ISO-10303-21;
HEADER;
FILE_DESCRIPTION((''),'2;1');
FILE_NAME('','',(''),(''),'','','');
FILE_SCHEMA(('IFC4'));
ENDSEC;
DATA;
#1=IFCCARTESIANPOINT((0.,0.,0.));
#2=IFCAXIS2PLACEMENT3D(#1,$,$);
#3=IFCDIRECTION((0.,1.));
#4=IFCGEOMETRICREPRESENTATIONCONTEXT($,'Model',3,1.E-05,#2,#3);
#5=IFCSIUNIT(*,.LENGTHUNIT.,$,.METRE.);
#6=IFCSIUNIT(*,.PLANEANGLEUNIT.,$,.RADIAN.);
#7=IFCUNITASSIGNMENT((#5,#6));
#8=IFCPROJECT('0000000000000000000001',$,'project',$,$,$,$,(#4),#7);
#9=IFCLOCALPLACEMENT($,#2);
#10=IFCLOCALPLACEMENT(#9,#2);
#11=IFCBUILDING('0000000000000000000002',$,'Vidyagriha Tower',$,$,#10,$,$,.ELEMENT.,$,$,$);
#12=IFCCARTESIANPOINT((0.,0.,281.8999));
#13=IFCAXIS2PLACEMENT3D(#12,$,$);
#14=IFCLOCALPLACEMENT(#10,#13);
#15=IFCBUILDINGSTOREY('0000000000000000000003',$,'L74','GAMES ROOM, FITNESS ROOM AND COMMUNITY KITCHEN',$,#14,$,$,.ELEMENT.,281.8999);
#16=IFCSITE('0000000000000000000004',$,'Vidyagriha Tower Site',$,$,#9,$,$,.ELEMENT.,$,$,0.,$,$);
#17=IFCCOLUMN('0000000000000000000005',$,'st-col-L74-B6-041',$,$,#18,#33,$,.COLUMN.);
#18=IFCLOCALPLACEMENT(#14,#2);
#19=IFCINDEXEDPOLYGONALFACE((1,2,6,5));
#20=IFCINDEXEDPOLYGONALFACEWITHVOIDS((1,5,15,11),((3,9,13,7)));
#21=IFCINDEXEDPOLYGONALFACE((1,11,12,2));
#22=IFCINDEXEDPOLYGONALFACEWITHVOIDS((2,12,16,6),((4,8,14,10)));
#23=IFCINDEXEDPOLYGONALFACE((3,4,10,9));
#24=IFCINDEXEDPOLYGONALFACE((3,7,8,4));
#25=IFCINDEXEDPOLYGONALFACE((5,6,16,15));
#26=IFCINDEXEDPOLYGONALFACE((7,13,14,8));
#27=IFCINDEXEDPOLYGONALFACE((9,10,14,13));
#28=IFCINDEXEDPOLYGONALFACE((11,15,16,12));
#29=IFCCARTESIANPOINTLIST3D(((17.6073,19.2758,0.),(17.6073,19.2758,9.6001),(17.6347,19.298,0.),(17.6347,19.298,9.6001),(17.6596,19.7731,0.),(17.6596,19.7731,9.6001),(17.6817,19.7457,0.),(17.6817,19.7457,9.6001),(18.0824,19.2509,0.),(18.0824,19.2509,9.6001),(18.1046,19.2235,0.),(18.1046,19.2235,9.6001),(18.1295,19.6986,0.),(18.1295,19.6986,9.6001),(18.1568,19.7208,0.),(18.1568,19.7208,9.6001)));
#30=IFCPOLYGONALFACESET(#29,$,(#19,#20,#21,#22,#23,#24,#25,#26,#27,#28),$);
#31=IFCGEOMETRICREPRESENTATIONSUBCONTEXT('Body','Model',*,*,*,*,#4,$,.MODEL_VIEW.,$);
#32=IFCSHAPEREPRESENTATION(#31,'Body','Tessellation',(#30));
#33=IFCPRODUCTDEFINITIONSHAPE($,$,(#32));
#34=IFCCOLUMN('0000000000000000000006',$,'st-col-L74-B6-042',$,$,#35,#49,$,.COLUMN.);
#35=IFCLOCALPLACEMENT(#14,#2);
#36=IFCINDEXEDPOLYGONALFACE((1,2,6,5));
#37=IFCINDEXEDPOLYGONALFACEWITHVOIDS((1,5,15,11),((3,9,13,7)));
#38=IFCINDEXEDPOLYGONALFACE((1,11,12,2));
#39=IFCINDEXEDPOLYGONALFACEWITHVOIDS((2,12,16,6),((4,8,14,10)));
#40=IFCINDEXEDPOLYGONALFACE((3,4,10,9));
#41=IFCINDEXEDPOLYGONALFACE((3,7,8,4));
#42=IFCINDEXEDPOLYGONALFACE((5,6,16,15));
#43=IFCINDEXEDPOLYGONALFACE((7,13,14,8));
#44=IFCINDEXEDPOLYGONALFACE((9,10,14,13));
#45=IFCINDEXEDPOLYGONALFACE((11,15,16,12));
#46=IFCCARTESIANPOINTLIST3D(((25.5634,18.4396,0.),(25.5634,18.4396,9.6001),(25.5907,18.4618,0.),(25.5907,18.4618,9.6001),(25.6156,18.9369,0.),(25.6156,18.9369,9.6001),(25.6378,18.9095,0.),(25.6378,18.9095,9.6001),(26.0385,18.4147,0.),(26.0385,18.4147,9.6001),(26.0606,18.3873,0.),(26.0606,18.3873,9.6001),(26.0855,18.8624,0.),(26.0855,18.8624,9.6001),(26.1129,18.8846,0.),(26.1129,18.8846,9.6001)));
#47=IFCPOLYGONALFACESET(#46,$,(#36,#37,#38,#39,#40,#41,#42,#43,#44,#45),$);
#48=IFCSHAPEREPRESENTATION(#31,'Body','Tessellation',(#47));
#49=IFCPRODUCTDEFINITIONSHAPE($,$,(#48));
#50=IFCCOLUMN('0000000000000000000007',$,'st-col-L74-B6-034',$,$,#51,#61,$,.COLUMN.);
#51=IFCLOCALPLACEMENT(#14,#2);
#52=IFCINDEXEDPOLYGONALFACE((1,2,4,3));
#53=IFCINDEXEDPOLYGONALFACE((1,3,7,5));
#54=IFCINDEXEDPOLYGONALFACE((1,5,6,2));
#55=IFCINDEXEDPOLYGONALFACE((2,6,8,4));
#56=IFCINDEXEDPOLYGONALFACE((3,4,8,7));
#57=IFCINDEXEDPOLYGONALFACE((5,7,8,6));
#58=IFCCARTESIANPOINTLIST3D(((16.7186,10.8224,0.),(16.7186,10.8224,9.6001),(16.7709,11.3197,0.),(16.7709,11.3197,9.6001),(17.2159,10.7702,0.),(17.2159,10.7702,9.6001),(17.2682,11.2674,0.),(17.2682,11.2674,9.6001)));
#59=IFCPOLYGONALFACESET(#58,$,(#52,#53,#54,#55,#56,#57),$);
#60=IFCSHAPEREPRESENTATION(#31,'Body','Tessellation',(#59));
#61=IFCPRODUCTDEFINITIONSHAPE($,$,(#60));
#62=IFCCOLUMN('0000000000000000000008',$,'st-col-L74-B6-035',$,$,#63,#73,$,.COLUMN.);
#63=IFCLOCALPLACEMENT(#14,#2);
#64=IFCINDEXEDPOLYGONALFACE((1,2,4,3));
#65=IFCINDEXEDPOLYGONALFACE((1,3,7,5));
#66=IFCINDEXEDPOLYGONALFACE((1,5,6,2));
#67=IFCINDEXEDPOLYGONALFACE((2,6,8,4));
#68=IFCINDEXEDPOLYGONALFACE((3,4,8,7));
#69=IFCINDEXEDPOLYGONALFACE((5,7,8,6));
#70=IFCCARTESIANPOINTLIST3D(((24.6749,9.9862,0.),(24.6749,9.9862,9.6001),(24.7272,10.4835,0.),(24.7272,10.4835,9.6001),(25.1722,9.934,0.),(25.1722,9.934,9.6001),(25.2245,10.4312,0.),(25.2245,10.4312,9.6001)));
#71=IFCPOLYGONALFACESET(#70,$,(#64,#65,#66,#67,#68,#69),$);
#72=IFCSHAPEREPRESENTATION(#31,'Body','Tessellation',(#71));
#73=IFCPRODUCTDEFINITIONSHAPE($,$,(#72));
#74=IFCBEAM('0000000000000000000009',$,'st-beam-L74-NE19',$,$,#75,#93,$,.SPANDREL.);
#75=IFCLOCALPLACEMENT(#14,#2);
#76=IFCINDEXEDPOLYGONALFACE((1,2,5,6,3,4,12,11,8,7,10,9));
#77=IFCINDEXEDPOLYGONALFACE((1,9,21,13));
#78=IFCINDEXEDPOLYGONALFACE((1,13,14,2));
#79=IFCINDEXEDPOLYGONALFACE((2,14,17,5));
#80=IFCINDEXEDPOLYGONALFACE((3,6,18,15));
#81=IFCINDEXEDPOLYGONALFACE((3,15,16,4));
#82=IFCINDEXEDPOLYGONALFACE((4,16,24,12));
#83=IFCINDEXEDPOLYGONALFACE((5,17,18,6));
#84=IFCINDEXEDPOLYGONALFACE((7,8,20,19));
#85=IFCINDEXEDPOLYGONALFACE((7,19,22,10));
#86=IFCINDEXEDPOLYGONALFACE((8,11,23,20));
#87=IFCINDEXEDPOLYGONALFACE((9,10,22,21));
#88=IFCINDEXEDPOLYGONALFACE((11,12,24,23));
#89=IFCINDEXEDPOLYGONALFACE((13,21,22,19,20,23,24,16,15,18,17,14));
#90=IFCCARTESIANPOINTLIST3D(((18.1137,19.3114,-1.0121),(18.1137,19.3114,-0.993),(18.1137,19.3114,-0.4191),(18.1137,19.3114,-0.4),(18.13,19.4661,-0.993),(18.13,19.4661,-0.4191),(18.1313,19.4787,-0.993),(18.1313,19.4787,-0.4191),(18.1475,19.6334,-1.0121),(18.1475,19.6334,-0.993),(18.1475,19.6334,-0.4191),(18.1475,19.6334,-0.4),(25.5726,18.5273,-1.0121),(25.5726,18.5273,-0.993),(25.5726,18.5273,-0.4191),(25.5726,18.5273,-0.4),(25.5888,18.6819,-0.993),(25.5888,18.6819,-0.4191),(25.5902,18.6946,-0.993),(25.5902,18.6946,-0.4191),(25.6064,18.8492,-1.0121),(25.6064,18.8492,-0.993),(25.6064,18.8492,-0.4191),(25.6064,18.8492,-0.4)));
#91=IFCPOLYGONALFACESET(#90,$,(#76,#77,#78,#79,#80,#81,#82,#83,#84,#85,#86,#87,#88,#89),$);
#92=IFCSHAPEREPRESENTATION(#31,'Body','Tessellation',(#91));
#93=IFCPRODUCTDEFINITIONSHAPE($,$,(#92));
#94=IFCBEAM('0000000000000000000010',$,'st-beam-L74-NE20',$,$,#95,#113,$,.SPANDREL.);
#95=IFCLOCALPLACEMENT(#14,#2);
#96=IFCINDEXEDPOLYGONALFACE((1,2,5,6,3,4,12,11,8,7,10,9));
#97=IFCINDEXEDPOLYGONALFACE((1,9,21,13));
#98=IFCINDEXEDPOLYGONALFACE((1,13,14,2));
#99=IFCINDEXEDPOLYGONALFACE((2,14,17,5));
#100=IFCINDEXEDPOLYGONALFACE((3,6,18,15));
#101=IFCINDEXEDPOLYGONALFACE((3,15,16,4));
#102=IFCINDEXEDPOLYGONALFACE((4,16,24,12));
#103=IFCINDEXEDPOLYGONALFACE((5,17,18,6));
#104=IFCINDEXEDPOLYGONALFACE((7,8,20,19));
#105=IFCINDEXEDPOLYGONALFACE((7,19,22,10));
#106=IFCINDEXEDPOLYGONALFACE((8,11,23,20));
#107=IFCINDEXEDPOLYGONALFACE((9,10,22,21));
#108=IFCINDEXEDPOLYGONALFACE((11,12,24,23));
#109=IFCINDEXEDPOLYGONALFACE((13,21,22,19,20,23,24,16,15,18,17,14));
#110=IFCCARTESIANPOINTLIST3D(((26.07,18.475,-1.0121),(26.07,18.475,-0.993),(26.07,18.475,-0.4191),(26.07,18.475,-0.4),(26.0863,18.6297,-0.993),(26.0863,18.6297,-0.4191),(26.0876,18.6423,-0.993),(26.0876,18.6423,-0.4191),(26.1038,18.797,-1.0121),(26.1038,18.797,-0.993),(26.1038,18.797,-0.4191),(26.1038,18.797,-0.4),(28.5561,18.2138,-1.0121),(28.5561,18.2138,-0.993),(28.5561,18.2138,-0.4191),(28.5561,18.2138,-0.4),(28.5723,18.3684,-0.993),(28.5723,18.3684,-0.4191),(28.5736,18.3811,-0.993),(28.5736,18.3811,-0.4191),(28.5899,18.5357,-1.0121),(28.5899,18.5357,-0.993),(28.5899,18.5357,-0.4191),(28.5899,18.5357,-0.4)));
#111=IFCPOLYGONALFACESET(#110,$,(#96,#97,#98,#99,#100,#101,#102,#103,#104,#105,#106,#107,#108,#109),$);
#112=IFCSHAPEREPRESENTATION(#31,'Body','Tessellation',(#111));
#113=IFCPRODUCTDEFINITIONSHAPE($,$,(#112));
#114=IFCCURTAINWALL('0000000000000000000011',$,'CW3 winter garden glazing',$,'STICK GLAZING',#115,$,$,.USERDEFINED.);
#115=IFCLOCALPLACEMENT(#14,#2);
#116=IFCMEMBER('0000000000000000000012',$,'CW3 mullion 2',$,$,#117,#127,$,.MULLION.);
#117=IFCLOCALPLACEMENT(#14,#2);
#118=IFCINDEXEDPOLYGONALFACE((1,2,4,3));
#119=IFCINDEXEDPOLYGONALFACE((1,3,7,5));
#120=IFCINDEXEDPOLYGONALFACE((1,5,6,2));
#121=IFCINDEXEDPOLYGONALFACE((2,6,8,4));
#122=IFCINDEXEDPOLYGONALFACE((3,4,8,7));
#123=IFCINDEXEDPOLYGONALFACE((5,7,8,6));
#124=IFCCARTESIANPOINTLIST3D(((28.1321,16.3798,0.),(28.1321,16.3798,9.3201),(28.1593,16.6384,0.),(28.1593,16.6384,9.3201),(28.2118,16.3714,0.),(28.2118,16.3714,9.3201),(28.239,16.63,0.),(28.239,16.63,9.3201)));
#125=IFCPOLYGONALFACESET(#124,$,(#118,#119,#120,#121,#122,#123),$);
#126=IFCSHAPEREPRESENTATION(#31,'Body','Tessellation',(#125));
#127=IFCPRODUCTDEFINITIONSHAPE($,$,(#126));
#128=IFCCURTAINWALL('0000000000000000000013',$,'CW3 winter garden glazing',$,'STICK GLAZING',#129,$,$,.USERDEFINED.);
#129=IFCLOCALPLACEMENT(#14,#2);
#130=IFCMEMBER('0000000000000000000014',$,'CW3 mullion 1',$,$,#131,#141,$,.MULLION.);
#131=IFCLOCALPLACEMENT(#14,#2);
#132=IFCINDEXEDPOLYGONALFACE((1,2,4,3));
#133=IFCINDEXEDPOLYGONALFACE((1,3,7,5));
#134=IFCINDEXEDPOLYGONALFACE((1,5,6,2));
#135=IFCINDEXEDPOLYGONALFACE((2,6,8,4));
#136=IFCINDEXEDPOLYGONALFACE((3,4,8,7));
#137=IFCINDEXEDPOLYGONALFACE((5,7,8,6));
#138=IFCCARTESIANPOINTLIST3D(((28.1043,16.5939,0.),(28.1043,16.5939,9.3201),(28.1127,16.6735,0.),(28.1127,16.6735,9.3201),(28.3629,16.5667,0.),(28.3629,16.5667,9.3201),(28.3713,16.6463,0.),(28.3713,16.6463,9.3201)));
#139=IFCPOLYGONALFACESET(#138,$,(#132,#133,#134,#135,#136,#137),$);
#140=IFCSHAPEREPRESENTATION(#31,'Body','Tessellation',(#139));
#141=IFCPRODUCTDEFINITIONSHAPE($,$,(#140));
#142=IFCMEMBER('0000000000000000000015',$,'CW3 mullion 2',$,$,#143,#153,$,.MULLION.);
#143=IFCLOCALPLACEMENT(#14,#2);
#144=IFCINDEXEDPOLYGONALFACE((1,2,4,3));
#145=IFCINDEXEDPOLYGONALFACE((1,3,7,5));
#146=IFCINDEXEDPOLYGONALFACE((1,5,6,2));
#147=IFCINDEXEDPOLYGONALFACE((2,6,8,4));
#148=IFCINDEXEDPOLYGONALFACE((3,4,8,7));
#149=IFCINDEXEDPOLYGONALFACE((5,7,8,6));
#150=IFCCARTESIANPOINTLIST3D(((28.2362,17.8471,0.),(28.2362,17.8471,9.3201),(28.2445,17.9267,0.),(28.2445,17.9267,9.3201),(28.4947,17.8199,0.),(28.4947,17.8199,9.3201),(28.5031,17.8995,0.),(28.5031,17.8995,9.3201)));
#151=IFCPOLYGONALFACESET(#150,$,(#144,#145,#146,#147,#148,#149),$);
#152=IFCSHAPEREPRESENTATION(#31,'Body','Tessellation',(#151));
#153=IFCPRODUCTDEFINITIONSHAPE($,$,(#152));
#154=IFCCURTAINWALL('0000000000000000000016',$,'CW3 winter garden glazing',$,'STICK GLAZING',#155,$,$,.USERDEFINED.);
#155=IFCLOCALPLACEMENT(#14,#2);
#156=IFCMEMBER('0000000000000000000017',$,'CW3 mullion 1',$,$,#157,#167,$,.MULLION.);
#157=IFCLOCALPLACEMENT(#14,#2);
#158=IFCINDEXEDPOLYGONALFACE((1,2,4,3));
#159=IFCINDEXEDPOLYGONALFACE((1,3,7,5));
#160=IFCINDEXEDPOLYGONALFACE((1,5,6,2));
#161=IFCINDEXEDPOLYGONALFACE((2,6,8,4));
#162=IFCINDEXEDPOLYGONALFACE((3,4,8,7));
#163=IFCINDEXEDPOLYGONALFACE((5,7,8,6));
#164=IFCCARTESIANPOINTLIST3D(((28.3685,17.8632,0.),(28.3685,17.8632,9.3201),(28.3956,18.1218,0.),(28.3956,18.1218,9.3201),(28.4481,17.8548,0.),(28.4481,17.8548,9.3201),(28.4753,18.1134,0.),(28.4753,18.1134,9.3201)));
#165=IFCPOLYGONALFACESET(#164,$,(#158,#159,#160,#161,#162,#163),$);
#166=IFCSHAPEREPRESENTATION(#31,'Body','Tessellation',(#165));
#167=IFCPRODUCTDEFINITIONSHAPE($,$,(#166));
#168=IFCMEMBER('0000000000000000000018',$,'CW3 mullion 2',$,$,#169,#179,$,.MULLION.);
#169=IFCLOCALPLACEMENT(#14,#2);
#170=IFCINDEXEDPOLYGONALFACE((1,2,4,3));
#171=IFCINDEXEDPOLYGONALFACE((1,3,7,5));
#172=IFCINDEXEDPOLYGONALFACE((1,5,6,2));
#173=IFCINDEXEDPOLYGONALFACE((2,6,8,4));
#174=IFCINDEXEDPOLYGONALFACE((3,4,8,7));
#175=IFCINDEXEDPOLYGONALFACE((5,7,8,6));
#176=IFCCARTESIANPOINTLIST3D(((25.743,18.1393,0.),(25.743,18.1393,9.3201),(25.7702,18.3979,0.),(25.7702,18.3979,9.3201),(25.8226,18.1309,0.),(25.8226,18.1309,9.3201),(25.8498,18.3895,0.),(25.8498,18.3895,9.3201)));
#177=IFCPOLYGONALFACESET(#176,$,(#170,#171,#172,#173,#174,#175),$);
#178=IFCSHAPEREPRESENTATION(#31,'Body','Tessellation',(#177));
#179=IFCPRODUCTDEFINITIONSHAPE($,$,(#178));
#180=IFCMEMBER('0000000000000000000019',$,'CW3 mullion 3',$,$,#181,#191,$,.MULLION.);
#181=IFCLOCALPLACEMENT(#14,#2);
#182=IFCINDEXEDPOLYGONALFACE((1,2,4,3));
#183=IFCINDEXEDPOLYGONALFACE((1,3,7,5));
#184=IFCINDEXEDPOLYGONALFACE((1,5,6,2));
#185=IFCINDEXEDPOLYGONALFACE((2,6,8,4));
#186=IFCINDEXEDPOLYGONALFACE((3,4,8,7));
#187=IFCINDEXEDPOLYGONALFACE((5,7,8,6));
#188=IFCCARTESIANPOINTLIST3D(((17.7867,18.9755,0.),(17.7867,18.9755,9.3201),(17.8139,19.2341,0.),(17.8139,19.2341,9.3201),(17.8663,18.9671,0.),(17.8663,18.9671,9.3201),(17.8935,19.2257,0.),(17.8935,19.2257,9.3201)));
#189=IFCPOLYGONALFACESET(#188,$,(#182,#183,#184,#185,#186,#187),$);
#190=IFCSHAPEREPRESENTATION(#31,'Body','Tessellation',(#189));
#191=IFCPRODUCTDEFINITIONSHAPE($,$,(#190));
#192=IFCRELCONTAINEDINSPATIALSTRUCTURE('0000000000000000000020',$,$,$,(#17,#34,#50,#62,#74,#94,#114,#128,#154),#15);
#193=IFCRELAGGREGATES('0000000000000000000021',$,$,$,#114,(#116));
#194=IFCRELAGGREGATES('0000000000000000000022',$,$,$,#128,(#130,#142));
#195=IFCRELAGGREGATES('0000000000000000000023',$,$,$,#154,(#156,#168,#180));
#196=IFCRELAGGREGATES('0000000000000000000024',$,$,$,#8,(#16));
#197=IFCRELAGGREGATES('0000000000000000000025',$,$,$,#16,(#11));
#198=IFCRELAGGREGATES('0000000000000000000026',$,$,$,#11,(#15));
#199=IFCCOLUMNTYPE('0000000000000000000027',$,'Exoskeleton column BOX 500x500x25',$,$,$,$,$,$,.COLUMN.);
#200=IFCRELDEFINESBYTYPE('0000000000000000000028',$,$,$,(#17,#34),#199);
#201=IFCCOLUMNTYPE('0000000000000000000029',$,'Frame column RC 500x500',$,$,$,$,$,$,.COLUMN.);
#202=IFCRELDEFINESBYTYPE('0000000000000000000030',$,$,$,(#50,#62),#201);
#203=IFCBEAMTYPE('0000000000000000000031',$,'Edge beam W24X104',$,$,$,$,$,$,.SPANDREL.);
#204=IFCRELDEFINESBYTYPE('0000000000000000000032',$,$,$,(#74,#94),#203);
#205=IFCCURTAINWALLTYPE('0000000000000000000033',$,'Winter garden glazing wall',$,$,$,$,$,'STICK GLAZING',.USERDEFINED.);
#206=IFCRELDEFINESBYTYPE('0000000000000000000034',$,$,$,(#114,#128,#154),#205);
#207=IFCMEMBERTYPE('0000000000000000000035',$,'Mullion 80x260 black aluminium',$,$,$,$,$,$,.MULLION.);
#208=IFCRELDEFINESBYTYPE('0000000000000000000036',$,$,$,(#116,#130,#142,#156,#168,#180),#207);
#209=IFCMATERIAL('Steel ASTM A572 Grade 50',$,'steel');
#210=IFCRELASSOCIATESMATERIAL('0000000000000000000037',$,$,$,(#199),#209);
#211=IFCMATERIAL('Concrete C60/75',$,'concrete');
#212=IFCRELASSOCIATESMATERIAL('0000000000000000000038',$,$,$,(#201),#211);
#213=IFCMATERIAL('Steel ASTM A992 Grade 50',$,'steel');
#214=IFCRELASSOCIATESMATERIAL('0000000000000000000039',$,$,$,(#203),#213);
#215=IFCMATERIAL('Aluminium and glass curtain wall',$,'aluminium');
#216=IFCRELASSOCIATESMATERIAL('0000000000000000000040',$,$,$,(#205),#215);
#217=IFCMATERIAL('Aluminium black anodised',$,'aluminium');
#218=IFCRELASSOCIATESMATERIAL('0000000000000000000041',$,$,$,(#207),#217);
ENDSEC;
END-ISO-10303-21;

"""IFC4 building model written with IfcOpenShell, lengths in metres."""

from ifc_helpers import new_model, si_unit, direction, frame, origin, origin_2d, place, context, subcontext, project, spatial, rectangle, hollow_rectangle, i_section, extrude, material, material_profile, profile_set, type_object, element, aggregate, save


model = new_model("IFC4")

# Units and contexts
model_context = context("Model", 3, precision=1e-05, world=origin(), true_north=direction((0.0, 1.0)))
body_context = subcontext(model_context, "Body", "Model", "MODEL_VIEW")
ifc_project = project(units=[si_unit("LENGTHUNIT", "METRE"), si_unit("PLANEANGLEUNIT", "RADIAN")], contexts=[model_context])

# Site, building, storey
site_placement = place(None, origin())
site = spatial("IfcSite", under=ifc_project, at=site_placement, Name="Vidyagriha Tower Site", CompositionType="ELEMENT", RefElevation=0.0)
building_placement = place(site_placement, origin())
building = spatial("IfcBuilding", under=site, at=building_placement, Name="Vidyagriha Tower", CompositionType="ELEMENT")
storey_placement = place(building_placement, frame((0.0, 0.0, 281.8999)))
storey = spatial("IfcBuildingStorey", under=building, at=storey_placement, Name="L74", Description="GAMES ROOM, FITNESS ROOM AND COMMUNITY KITCHEN", CompositionType="ELEMENT", Elevation=281.8999)

# Columns
ifc_material_1 = material(Name="Steel ASTM A572 Grade 50", Category="steel")
ifc_material_profile_1 = material_profile(ifc_material_1, hollow_rectangle(XDim=0.5, YDim=0.5, WallThickness=0.0249, at=origin_2d()), Name="BOX 500x500x25")
ifc_profile_set_1 = profile_set([ifc_material_profile_1], Name="Steel ASTM A572 Grade 50")
column_type_1 = type_object("IfcColumnType", Name="Exoskeleton column BOX 500x500x25", PredefinedType="COLUMN", material=ifc_profile_set_1)
for number, where, z_axis, x_axis, name in (
    (1, (17.8821, 19.4983, 0.0), (0.0, 0.0, 1.0), (0.994522, -0.104528, 0.0), "st-col-L74-B6-041"),
    (2, (25.8381, 18.6621, 0.0), (0.0, 0.0, 1.0), (0.994522, -0.104528, 0.0), "st-col-L74-B6-042"),
):
    element("IfcColumn", number, at=place(storey_placement, frame(where, z_axis=z_axis, x_axis=x_axis)), inside=storey, type_object=column_type_1, Name=name, PredefinedType="COLUMN", context=body_context, shape_type="SweptSolid", body=[
        extrude(hollow_rectangle(XDim=0.5, YDim=0.5, WallThickness=0.0249, at=origin_2d()), origin(), (0.0, 0.0, 1.0), 9.6001),
    ])
ifc_material_2 = material(Name="Concrete C60/75", Category="concrete")
ifc_material_profile_2 = material_profile(ifc_material_2, rectangle(XDim=0.5, YDim=0.5, at=origin_2d()), Name="RC 500x500")
ifc_profile_set_2 = profile_set([ifc_material_profile_2], Name="Concrete C60/75")
column_type_2 = type_object("IfcColumnType", Name="Frame column RC 500x500", PredefinedType="COLUMN", material=ifc_profile_set_2)
for number, where, z_axis, x_axis, name in (
    (3, (16.9934, 11.0449, 0.0), (0.0, 0.0, 1.0), (0.994522, -0.104528, 0.0), "st-col-L74-B6-034"),
    (4, (24.9497, 10.2087, 0.0), (0.0, 0.0, 1.0), (0.994522, -0.104528, 0.0), "st-col-L74-B6-035"),
):
    element("IfcColumn", number, at=place(storey_placement, frame(where, z_axis=z_axis, x_axis=x_axis)), inside=storey, type_object=column_type_2, Name=name, PredefinedType="COLUMN", context=body_context, shape_type="SweptSolid", body=[
        extrude(rectangle(XDim=0.5, YDim=0.5, at=origin_2d()), origin(), (0.0, 0.0, 1.0), 9.6001),
    ])

# Beams
ifc_material_3 = material(Name="Steel ASTM A992 Grade 50", Category="steel")
ifc_material_profile_3 = material_profile(ifc_material_3, i_section(OverallWidth=0.3237, OverallDepth=0.6121, WebThickness=0.0127, FlangeThickness=0.019, at=origin_2d()), Name="W24X104")
ifc_profile_set_3 = profile_set([ifc_material_profile_3], Name="Steel ASTM A992 Grade 50")
beam_type = type_object("IfcBeamType", Name="Edge beam W24X104", PredefinedType="SPANDREL", material=ifc_profile_set_3)
beam_1_placement = place(storey_placement, frame((18.1306, 19.4724, -0.7061), z_axis=(0.994519, -0.104556, 0.0), x_axis=(0.104556, 0.994519, 0.0)))
element("IfcBeam", 5, at=beam_1_placement, inside=storey, type_object=beam_type, Name="st-beam-L74-NE19", PredefinedType="SPANDREL", context=body_context, shape_type="SweptSolid", body=[
    extrude(i_section(OverallWidth=0.3237, OverallDepth=0.6121, WebThickness=0.0127, FlangeThickness=0.019, at=origin_2d()), origin(), (0.0, 0.0, 1.0), 7.5),
])
beam_2_placement = place(storey_placement, frame((26.0869, 18.636, -0.7061), z_axis=(0.994525, -0.104502, 0.0), x_axis=(0.104502, 0.994525, 0.0)))
element("IfcBeam", 6, at=beam_2_placement, inside=storey, type_object=beam_type, Name="st-beam-L74-NE20", PredefinedType="SPANDREL", context=body_context, shape_type="SweptSolid", body=[
    extrude(i_section(OverallWidth=0.3237, OverallDepth=0.6121, WebThickness=0.0127, FlangeThickness=0.019, at=origin_2d()), origin(), (0.0, 0.0, 1.0), 2.4998),
])

# Curtain wall, member
ifc_material_4 = material(Name="Aluminium and glass curtain wall", Category="aluminium")
curtain_wall_type = type_object("IfcCurtainWallType", Name="Winter garden glazing wall", ElementType="STICK GLAZING", PredefinedType="USERDEFINED", material=ifc_material_4)
curtain_wall_1_placement = place(storey_placement, origin())
curtain_wall_1 = element("IfcCurtainWall", 7, at=curtain_wall_1_placement, inside=storey, type_object=curtain_wall_type, Name="CW3 winter garden glazing", ObjectType="STICK GLAZING", PredefinedType="USERDEFINED")
ifc_material_5 = material(Name="Aluminium black anodised", Category="aluminium")
ifc_material_profile_4 = material_profile(ifc_material_5, rectangle(XDim=0.26, YDim=0.0801, at=origin_2d()), Name="Mullion 80x260 black aluminium")
ifc_profile_set_4 = profile_set([ifc_material_profile_4], Name="Aluminium black anodised")
member_type_1 = type_object("IfcMemberType", Name="Mullion 80x260 black aluminium", PredefinedType="MULLION", material=ifc_profile_set_4)
member_1_placement = place(storey_placement, frame((28.1855, 16.5049, 0.0), z_axis=(0.0, 0.0, 1.0), x_axis=(-0.104519, -0.994523, 0.0)))
member_1 = element("IfcMember", 8, at=member_1_placement, type_object=member_type_1, Name="CW3 mullion 2", PredefinedType="MULLION", context=body_context, shape_type="SweptSolid", body=[
    extrude(rectangle(XDim=0.26, YDim=0.0801, at=origin_2d()), origin(), (0.0, 0.0, 1.0), 9.3201),
])
aggregate(curtain_wall_1, [member_1])

# Curtain walls, members
curtain_wall_2_placement = place(storey_placement, origin())
curtain_wall_2 = element("IfcCurtainWall", 9, at=curtain_wall_2_placement, inside=storey, type_object=curtain_wall_type, Name="CW3 winter garden glazing", ObjectType="STICK GLAZING", PredefinedType="USERDEFINED")
member_2_placement = place(storey_placement, frame((28.2378, 16.6201, 0.0), z_axis=(0.0, 0.0, 1.0), x_axis=(-0.994519, 0.104557, 0.0)))
member_2 = element("IfcMember", 10, at=member_2_placement, type_object=member_type_1, Name="CW3 mullion 1", PredefinedType="MULLION", context=body_context, shape_type="SweptSolid", body=[
    extrude(rectangle(XDim=0.26, YDim=0.0801, at=origin_2d()), origin(), (0.0, 0.0, 1.0), 9.3201),
])
member_3_placement = place(storey_placement, frame((28.3696, 17.8733, 0.0), z_axis=(0.0, 0.0, 1.0), x_axis=(-0.994519, 0.104557, 0.0)))
member_3 = element("IfcMember", 11, at=member_3_placement, type_object=member_type_1, Name="CW3 mullion 2", PredefinedType="MULLION", context=body_context, shape_type="SweptSolid", body=[
    extrude(rectangle(XDim=0.26, YDim=0.0801, at=origin_2d()), origin(), (0.0, 0.0, 1.0), 9.3201),
])
curtain_wall_3_placement = place(storey_placement, origin())
curtain_wall_3 = element("IfcCurtainWall", 12, at=curtain_wall_3_placement, inside=storey, type_object=curtain_wall_type, Name="CW3 winter garden glazing", ObjectType="STICK GLAZING", PredefinedType="USERDEFINED")
member_4_placement = place(storey_placement, frame((28.4219, 17.9883, 0.0), z_axis=(0.0, 0.0, 1.0), x_axis=(-0.104528, -0.994522, 0.0)))
member_4 = element("IfcMember", 13, at=member_4_placement, type_object=member_type_1, Name="CW3 mullion 1", PredefinedType="MULLION", context=body_context, shape_type="SweptSolid", body=[
    extrude(rectangle(XDim=0.26, YDim=0.0801, at=origin_2d()), origin(), (0.0, 0.0, 1.0), 9.3201),
])
member_5_placement = place(storey_placement, frame((25.7964, 18.2644, 0.0), z_axis=(0.0, 0.0, 1.0), x_axis=(-0.104528, -0.994522, 0.0)))
member_5 = element("IfcMember", 14, at=member_5_placement, type_object=member_type_1, Name="CW3 mullion 2", PredefinedType="MULLION", context=body_context, shape_type="SweptSolid", body=[
    extrude(rectangle(XDim=0.26, YDim=0.0801, at=origin_2d()), origin(), (0.0, 0.0, 1.0), 9.3201),
])
member_6_placement = place(storey_placement, frame((17.8401, 19.1006, 0.0), z_axis=(0.0, 0.0, 1.0), x_axis=(-0.104528, -0.994522, 0.0)))
member_6 = element("IfcMember", 15, at=member_6_placement, type_object=member_type_1, Name="CW3 mullion 3", PredefinedType="MULLION", context=body_context, shape_type="SweptSolid", body=[
    extrude(rectangle(XDim=0.26, YDim=0.0801, at=origin_2d()), origin(), (0.0, 0.0, 1.0), 9.3201),
])

aggregate(curtain_wall_2, [member_2, member_3])
aggregate(curtain_wall_3, [member_4, member_5, member_6])

save(model, "model.ifc")
